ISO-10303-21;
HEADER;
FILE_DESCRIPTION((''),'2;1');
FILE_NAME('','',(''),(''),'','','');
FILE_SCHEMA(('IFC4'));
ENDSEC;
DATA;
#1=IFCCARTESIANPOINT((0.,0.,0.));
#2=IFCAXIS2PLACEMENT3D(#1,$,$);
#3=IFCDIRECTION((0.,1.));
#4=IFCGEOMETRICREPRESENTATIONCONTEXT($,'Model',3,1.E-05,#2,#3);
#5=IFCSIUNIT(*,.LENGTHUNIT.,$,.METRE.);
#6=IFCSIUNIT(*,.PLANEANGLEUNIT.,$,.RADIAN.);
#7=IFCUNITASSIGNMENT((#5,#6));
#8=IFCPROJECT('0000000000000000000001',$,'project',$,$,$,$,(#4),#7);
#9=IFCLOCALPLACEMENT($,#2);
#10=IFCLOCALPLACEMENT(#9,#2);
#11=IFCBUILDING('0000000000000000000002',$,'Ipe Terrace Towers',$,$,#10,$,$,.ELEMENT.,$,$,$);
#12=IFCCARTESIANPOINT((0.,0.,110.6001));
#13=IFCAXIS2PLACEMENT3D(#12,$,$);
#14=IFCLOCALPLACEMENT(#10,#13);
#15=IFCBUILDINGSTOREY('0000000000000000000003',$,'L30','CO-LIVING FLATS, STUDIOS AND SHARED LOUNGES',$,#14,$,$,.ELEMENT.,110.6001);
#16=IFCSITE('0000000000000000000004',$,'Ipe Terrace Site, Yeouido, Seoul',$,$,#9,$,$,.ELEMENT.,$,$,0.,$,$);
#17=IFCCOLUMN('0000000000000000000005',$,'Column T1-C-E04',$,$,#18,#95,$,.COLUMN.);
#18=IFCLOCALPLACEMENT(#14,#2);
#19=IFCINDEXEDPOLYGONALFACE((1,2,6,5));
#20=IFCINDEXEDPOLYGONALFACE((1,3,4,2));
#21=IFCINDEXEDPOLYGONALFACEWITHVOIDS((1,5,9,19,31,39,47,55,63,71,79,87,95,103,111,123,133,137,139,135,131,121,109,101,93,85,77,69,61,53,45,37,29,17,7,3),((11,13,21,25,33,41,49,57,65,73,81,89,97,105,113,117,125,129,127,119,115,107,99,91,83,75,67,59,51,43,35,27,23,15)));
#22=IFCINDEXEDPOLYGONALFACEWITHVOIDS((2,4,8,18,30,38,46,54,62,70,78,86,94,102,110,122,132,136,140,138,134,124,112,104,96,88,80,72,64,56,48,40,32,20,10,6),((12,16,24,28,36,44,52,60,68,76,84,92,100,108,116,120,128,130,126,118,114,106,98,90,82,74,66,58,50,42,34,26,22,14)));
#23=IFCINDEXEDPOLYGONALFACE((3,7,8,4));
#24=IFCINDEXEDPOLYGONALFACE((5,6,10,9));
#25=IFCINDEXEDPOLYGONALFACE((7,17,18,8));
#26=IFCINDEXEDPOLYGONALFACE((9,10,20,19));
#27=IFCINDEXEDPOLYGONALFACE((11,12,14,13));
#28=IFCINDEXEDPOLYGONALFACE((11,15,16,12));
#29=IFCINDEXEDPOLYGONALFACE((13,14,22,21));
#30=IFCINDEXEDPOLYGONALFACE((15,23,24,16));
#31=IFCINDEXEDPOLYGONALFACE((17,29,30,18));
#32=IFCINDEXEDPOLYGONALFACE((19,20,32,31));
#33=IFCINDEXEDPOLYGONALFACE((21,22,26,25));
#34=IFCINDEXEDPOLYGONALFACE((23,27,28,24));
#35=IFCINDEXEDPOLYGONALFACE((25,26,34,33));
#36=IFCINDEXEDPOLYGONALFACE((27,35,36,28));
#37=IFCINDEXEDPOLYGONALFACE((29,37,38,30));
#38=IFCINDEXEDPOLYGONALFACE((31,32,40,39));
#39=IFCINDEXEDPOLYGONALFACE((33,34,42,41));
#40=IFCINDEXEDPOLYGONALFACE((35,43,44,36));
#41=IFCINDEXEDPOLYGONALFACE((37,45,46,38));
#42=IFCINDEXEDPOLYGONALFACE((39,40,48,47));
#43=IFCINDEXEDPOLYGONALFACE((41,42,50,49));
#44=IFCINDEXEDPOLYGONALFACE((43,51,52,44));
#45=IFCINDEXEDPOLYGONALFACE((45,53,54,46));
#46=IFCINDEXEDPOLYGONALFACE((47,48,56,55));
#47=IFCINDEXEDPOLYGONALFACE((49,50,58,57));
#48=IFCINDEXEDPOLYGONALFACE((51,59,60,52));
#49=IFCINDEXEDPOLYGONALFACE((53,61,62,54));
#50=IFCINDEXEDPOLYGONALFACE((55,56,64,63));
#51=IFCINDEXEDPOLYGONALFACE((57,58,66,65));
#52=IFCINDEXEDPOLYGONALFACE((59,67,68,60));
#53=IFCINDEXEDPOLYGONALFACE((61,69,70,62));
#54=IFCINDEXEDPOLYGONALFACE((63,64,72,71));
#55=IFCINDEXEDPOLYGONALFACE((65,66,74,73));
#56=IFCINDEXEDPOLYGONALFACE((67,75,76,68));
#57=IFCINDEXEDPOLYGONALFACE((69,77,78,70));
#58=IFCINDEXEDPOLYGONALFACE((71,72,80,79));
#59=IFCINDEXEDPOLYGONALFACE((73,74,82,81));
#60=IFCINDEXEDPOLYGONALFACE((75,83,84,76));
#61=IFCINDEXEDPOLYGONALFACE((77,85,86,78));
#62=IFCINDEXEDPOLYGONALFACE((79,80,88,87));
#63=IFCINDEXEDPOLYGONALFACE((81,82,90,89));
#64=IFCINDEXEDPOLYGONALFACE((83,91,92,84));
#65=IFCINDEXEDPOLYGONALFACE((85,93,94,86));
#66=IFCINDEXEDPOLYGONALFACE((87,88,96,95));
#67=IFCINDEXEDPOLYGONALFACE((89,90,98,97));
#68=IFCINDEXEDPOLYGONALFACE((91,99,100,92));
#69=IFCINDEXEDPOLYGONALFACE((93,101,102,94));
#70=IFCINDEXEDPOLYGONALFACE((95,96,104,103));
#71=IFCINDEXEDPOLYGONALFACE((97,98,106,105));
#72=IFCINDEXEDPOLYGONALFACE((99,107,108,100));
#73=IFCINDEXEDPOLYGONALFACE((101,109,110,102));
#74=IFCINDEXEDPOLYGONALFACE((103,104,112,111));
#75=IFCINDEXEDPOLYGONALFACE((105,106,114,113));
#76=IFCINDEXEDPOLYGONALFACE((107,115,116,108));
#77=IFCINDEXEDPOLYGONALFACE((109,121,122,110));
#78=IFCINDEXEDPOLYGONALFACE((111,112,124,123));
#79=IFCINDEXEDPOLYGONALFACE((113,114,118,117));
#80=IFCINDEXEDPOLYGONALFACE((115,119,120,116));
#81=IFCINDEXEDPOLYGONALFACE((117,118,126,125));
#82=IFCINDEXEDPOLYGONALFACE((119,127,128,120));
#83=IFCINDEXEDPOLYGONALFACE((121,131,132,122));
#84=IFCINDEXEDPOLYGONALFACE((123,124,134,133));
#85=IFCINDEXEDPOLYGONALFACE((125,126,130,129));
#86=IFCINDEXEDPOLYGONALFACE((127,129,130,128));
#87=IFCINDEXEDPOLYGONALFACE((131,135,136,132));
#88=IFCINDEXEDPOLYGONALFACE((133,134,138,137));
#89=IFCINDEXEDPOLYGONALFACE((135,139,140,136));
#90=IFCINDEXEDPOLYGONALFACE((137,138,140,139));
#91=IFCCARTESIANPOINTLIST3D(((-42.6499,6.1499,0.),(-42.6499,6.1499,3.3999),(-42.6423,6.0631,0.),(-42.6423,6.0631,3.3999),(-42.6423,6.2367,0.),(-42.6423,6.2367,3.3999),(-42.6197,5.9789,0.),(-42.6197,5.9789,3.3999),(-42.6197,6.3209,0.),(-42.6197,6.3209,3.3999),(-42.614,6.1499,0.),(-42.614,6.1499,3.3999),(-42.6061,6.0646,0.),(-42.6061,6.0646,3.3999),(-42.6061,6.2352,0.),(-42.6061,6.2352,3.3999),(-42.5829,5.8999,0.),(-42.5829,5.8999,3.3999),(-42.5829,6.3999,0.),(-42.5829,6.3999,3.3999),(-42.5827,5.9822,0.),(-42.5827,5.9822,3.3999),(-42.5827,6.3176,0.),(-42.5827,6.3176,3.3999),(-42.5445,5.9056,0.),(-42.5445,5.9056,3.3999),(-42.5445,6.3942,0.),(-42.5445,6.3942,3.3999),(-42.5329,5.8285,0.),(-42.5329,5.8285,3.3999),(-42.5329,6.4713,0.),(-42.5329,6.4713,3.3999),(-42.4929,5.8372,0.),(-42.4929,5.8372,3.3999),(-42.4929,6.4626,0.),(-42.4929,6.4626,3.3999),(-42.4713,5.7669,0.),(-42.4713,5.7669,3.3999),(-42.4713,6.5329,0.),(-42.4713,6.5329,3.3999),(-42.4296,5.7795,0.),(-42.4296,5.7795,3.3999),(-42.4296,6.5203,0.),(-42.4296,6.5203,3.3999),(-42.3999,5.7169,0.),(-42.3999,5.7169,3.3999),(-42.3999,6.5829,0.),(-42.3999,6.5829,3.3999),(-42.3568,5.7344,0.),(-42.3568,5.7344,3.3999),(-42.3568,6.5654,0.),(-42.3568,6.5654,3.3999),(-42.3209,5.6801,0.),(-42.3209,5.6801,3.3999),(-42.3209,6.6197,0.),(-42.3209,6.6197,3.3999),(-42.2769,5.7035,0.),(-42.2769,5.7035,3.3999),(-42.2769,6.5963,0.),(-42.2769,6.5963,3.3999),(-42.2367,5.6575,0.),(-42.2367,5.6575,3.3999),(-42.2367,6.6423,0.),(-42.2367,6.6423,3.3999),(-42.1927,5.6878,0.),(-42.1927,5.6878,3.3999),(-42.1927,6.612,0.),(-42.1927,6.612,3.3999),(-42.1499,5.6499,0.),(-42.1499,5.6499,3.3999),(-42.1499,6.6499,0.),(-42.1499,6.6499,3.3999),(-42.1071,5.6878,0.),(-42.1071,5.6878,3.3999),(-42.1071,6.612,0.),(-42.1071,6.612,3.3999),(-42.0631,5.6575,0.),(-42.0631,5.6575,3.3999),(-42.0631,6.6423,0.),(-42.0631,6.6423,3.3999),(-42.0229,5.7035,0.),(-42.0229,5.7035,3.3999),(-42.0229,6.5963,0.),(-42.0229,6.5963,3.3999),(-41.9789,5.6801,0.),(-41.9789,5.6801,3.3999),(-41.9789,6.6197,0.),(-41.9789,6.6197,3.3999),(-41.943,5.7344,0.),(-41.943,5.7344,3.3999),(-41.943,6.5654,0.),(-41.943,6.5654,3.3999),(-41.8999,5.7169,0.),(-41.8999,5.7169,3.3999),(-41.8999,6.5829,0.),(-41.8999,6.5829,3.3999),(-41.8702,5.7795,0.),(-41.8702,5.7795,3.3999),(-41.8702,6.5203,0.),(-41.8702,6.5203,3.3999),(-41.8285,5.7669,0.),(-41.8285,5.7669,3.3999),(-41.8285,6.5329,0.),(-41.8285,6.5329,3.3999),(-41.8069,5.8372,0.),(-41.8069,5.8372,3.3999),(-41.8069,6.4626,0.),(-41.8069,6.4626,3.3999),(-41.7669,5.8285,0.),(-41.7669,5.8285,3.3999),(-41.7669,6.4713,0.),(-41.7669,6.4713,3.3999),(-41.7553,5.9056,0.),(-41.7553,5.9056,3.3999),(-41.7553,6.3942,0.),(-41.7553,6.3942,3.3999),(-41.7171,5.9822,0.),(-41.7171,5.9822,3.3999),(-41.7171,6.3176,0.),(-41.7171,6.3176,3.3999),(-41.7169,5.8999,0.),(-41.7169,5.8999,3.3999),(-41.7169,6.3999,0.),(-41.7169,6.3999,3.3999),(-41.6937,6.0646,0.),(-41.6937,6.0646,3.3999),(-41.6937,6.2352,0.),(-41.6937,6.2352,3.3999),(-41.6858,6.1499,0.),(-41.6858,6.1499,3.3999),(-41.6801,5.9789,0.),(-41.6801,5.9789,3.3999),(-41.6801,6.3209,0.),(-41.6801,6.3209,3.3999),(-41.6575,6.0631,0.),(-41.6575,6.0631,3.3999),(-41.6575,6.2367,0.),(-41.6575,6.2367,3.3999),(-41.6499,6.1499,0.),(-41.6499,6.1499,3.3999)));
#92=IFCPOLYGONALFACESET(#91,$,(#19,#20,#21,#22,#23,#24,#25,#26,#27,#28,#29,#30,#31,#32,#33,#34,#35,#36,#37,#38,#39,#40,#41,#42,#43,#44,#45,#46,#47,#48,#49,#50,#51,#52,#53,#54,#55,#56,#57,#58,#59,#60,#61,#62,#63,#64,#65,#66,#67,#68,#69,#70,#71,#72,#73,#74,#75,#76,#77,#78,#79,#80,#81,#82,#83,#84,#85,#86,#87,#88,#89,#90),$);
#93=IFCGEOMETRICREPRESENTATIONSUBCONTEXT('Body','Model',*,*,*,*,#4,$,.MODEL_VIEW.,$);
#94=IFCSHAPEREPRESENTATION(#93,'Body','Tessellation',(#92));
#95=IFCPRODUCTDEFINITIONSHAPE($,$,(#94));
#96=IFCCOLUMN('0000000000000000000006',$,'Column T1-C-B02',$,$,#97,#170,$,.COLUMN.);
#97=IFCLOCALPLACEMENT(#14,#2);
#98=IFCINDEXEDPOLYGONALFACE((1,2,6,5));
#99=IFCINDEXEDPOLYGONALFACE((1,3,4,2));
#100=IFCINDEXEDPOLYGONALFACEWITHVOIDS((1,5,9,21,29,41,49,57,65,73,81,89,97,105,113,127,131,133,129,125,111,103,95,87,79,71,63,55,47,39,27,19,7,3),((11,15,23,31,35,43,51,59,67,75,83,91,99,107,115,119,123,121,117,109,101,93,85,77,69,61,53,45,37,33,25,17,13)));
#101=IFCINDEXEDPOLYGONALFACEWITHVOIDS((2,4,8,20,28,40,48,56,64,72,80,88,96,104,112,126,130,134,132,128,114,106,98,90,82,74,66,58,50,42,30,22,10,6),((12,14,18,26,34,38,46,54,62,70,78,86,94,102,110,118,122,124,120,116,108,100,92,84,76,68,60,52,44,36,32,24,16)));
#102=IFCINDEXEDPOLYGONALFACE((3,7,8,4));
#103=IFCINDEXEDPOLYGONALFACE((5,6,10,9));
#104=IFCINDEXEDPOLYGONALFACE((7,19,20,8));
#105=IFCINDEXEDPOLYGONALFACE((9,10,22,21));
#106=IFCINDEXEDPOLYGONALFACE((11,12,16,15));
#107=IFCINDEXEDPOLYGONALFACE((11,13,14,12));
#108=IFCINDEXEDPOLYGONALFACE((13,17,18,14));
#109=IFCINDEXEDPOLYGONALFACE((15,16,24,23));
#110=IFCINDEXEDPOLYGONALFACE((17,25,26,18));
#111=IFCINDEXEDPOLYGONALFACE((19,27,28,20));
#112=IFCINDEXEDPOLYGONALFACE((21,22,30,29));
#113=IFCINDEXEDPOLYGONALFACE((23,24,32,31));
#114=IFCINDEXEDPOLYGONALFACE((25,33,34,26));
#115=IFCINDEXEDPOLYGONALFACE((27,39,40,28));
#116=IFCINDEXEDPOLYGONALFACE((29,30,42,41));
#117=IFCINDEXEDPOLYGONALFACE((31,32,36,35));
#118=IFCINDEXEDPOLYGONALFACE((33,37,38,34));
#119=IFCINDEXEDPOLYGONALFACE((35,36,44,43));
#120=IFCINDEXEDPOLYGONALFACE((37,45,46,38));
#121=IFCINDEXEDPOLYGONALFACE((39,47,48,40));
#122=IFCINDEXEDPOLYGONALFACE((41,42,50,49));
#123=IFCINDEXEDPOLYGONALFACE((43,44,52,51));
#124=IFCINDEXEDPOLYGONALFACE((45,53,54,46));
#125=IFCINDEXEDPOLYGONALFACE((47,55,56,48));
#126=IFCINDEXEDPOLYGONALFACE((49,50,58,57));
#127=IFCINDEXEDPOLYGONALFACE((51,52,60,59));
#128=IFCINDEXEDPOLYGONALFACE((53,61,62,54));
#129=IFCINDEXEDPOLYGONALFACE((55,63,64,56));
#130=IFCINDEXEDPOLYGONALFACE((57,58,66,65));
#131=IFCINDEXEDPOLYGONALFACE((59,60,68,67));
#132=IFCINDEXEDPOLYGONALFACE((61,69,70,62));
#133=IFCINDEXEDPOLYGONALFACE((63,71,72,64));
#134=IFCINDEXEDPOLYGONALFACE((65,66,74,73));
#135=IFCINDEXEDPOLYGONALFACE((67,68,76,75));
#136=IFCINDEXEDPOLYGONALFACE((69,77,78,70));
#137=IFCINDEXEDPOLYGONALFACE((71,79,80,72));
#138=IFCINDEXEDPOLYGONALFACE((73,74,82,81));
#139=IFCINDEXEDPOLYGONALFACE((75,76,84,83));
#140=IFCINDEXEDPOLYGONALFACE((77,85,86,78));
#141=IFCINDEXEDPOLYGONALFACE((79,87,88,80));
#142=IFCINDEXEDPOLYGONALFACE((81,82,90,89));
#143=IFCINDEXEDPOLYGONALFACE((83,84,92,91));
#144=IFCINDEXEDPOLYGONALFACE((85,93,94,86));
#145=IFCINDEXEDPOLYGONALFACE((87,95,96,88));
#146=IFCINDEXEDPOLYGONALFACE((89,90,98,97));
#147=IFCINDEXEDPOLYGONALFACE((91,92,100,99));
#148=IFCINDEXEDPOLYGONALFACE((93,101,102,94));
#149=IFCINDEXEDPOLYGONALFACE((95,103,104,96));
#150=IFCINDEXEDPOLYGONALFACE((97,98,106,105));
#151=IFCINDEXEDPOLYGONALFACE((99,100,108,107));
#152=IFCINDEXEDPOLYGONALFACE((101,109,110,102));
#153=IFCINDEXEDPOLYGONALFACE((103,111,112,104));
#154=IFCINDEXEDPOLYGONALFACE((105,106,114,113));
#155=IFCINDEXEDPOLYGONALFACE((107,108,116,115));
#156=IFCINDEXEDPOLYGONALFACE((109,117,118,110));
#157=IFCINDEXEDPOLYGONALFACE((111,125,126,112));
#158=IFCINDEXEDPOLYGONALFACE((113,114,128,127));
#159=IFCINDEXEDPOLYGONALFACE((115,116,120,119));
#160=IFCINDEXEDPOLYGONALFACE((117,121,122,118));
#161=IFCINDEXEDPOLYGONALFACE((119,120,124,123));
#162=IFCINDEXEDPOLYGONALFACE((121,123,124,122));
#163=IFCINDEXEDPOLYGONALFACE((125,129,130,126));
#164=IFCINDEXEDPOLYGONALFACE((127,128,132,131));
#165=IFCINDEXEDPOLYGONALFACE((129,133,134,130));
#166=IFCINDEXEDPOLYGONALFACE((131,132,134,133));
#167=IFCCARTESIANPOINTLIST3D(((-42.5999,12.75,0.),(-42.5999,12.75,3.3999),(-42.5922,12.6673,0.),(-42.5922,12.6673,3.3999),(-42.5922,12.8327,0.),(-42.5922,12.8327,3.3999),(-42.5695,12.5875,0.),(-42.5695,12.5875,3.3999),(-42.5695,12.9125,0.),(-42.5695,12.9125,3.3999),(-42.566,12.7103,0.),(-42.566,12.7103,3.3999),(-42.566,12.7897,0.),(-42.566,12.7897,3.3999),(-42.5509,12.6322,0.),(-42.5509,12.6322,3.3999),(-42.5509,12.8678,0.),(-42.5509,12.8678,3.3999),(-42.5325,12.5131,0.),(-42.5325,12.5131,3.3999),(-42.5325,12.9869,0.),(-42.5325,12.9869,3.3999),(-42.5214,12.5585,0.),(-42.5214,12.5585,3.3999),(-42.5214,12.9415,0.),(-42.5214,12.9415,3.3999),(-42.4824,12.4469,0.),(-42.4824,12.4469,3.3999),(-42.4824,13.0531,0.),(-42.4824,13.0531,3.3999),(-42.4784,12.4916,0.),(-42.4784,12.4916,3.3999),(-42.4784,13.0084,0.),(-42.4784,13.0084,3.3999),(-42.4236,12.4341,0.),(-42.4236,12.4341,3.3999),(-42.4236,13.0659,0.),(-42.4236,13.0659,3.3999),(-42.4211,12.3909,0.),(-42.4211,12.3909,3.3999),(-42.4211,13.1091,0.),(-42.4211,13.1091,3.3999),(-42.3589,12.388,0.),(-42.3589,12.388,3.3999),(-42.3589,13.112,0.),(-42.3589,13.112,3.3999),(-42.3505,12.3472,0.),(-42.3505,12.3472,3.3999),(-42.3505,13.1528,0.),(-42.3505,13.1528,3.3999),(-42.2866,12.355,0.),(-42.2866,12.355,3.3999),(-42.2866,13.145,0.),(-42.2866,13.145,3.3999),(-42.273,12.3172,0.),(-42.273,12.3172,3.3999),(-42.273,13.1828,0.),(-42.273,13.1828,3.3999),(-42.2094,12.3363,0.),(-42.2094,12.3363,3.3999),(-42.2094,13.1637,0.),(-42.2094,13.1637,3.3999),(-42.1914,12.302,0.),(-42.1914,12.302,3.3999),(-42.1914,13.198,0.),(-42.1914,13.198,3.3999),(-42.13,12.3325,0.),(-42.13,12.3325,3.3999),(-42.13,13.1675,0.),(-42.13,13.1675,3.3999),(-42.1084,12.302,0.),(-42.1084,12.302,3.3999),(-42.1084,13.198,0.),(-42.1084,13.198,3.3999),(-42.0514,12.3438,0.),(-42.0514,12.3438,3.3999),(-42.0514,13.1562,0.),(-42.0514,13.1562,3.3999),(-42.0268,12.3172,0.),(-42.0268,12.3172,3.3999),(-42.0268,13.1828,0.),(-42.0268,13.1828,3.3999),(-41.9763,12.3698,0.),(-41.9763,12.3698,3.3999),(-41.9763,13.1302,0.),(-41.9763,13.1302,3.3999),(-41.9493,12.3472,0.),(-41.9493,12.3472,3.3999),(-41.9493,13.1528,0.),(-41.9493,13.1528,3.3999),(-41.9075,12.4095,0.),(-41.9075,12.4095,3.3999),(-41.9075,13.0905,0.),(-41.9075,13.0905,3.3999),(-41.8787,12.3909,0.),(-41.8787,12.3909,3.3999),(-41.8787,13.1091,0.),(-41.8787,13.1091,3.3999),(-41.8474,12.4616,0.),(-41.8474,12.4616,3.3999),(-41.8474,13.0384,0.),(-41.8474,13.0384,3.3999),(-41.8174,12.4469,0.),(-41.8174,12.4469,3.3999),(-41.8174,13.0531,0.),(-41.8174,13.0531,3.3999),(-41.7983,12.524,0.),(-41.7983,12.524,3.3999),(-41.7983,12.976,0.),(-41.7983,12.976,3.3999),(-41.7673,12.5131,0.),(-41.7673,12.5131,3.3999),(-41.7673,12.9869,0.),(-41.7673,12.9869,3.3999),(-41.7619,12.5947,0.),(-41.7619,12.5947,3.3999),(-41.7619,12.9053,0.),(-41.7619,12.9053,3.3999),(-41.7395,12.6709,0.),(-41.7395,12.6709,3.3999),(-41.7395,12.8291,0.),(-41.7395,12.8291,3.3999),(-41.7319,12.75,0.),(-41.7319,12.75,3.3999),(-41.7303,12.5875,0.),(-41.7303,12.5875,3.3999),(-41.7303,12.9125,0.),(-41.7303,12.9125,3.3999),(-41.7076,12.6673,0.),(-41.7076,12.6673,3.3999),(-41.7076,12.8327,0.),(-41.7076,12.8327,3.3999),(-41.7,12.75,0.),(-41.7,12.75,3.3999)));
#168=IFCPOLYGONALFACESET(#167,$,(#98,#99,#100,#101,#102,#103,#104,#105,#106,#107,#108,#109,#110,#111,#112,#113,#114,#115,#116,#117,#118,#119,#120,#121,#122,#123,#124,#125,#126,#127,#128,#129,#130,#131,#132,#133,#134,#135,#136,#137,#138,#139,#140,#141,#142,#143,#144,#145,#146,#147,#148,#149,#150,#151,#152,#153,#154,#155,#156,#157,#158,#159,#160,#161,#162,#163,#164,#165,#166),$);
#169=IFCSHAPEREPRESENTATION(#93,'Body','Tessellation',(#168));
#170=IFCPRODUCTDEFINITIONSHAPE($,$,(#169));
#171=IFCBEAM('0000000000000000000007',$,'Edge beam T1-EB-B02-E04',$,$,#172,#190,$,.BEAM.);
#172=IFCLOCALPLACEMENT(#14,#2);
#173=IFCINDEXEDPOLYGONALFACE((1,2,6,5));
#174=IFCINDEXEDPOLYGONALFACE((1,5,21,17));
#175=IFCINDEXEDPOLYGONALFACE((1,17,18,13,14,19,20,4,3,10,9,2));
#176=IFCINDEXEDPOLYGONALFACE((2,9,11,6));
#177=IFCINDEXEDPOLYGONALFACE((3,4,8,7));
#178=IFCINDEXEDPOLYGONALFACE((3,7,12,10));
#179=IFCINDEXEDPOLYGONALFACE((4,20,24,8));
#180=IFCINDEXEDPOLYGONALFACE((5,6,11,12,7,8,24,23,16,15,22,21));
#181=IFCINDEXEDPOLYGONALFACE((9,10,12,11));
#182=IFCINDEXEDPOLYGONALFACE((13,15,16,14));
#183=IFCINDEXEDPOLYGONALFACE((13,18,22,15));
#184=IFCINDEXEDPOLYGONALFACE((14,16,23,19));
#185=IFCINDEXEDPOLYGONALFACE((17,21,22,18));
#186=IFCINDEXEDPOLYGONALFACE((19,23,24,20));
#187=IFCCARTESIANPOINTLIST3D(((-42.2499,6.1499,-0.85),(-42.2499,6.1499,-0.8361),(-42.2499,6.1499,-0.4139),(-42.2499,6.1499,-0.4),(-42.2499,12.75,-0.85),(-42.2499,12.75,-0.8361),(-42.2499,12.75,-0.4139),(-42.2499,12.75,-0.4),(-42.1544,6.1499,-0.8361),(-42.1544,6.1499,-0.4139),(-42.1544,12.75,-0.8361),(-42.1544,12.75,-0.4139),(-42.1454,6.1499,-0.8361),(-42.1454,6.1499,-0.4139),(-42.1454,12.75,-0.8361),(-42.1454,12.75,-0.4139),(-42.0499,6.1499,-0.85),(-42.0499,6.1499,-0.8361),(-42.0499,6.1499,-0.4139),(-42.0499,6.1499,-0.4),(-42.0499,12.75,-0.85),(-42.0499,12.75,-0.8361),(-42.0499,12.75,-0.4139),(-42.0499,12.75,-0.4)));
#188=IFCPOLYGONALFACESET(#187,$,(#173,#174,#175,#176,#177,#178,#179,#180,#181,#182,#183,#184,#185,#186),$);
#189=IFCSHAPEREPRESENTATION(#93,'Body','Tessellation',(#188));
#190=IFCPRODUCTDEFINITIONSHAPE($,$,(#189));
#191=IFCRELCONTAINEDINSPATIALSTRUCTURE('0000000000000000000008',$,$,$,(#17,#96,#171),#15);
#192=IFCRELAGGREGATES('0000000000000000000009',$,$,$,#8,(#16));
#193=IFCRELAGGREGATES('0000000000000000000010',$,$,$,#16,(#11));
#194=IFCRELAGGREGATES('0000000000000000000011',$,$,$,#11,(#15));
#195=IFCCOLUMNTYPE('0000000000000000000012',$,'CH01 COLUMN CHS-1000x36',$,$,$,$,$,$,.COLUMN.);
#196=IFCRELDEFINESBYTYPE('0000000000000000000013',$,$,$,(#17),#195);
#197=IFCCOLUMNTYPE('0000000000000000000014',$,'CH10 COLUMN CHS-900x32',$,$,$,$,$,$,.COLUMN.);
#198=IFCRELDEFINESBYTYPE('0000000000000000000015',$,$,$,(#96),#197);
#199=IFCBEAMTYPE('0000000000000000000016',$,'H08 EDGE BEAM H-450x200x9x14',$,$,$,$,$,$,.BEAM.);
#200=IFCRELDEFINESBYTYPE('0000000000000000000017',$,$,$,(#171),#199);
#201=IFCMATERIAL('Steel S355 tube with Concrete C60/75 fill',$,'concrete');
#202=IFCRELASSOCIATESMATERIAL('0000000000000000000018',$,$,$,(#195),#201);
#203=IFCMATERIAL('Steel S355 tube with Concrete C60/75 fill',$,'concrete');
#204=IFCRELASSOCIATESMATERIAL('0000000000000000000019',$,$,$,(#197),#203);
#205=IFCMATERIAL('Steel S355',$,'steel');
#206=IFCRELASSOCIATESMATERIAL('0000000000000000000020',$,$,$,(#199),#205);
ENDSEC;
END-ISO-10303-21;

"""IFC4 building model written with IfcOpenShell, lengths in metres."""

from ifc_helpers import new_model, si_unit, direction, frame, origin, origin_2d, place, context, subcontext, project, spatial, hollow_circle, i_section, extrude, material, material_profile, profile_set, type_object, element, save


model = new_model("IFC4")

# Units and contexts
model_context = context("Model", 3, precision=1e-05, world=origin(), true_north=direction((0.0, 1.0)))
body_context = subcontext(model_context, "Body", "Model", "MODEL_VIEW")
ifc_project = project(units=[si_unit("LENGTHUNIT", "METRE"), si_unit("PLANEANGLEUNIT", "RADIAN")], contexts=[model_context])

# Site, building, storey
site_placement = place(None, origin())
site = spatial("IfcSite", under=ifc_project, at=site_placement, Name="Ipe Terrace Site, Yeouido, Seoul", CompositionType="ELEMENT", RefElevation=0.0)
building_placement = place(site_placement, origin())
building = spatial("IfcBuilding", under=site, at=building_placement, Name="Ipe Terrace Towers", CompositionType="ELEMENT")
storey_placement = place(building_placement, frame((0.0, 0.0, 110.6001)))
storey = spatial("IfcBuildingStorey", under=building, at=storey_placement, Name="L30", Description="CO-LIVING FLATS, STUDIOS AND SHARED LOUNGES", CompositionType="ELEMENT", Elevation=110.6001)

# Columns
ifc_material_1 = material(Name="Steel S355 tube with Concrete C60/75 fill", Category="concrete")
ifc_material_profile_1 = material_profile(ifc_material_1, hollow_circle(Radius=0.5, WallThickness=0.0359, at=origin_2d()), Name="CHS-1000x36")
ifc_profile_set_1 = profile_set([ifc_material_profile_1], Name="Steel S355 tube with Concrete C60/75 fill")
column_type_1 = type_object("IfcColumnType", Name="CH01 COLUMN CHS-1000x36", PredefinedType="COLUMN", material=ifc_profile_set_1)
column_1_placement = place(storey_placement, frame((-42.1499, 6.1499, 0.0), z_axis=(0.0, 0.0, 1.0), x_axis=(1.0, 0.0, 0.0)))
element("IfcColumn", 1, at=column_1_placement, inside=storey, type_object=column_type_1, Name="Column T1-C-E04", PredefinedType="COLUMN", context=body_context, shape_type="SweptSolid", body=[
    extrude(hollow_circle(Radius=0.5, WallThickness=0.0359, at=origin_2d()), origin(), (0.0, 0.0, 1.0), 3.3999),
])
ifc_material_2 = material(Name="Steel S355 tube with Concrete C60/75 fill", Category="concrete")
ifc_material_profile_2 = material_profile(ifc_material_2, hollow_circle(Radius=0.45, WallThickness=0.032, at=origin_2d()), Name="CHS-900x32")
ifc_profile_set_2 = profile_set([ifc_material_profile_2], Name="Steel S355 tube with Concrete C60/75 fill")
column_type_2 = type_object("IfcColumnType", Name="CH10 COLUMN CHS-900x32", PredefinedType="COLUMN", material=ifc_profile_set_2)
column_2_placement = place(storey_placement, frame((-42.1499, 12.75, 0.0), z_axis=(0.0, 0.0, 1.0), x_axis=(1.0, 0.0, 0.0)))
element("IfcColumn", 2, at=column_2_placement, inside=storey, type_object=column_type_2, Name="Column T1-C-B02", PredefinedType="COLUMN", context=body_context, shape_type="SweptSolid", body=[
    extrude(hollow_circle(Radius=0.45, WallThickness=0.032, at=origin_2d()), origin(), (0.0, 0.0, 1.0), 3.3999),
])

# Beam
ifc_material_3 = material(Name="Steel S355", Category="steel")
ifc_material_profile_3 = material_profile(ifc_material_3, i_section(OverallWidth=0.2, OverallDepth=0.45, WebThickness=0.009, FlangeThickness=0.0139, at=origin_2d()), Name="H-450x200x9x14")
ifc_profile_set_3 = profile_set([ifc_material_profile_3], Name="Steel S355")
beam_type = type_object("IfcBeamType", Name="H08 EDGE BEAM H-450x200x9x14", PredefinedType="BEAM", material=ifc_profile_set_3)
beam_placement = place(storey_placement, frame((-42.1499, 12.75, -0.625), z_axis=(0.0, -1.0, 0.0), x_axis=(1.0, 0.0, 0.0)))
element("IfcBeam", 3, at=beam_placement, inside=storey, type_object=beam_type, Name="Edge beam T1-EB-B02-E04", PredefinedType="BEAM", context=body_context, shape_type="SweptSolid", body=[
    extrude(i_section(OverallWidth=0.2, OverallDepth=0.45, WebThickness=0.009, FlangeThickness=0.0139, at=origin_2d()), origin(), (0.0, 0.0, 1.0), 6.6001),
])

save(model, "model.ifc")
